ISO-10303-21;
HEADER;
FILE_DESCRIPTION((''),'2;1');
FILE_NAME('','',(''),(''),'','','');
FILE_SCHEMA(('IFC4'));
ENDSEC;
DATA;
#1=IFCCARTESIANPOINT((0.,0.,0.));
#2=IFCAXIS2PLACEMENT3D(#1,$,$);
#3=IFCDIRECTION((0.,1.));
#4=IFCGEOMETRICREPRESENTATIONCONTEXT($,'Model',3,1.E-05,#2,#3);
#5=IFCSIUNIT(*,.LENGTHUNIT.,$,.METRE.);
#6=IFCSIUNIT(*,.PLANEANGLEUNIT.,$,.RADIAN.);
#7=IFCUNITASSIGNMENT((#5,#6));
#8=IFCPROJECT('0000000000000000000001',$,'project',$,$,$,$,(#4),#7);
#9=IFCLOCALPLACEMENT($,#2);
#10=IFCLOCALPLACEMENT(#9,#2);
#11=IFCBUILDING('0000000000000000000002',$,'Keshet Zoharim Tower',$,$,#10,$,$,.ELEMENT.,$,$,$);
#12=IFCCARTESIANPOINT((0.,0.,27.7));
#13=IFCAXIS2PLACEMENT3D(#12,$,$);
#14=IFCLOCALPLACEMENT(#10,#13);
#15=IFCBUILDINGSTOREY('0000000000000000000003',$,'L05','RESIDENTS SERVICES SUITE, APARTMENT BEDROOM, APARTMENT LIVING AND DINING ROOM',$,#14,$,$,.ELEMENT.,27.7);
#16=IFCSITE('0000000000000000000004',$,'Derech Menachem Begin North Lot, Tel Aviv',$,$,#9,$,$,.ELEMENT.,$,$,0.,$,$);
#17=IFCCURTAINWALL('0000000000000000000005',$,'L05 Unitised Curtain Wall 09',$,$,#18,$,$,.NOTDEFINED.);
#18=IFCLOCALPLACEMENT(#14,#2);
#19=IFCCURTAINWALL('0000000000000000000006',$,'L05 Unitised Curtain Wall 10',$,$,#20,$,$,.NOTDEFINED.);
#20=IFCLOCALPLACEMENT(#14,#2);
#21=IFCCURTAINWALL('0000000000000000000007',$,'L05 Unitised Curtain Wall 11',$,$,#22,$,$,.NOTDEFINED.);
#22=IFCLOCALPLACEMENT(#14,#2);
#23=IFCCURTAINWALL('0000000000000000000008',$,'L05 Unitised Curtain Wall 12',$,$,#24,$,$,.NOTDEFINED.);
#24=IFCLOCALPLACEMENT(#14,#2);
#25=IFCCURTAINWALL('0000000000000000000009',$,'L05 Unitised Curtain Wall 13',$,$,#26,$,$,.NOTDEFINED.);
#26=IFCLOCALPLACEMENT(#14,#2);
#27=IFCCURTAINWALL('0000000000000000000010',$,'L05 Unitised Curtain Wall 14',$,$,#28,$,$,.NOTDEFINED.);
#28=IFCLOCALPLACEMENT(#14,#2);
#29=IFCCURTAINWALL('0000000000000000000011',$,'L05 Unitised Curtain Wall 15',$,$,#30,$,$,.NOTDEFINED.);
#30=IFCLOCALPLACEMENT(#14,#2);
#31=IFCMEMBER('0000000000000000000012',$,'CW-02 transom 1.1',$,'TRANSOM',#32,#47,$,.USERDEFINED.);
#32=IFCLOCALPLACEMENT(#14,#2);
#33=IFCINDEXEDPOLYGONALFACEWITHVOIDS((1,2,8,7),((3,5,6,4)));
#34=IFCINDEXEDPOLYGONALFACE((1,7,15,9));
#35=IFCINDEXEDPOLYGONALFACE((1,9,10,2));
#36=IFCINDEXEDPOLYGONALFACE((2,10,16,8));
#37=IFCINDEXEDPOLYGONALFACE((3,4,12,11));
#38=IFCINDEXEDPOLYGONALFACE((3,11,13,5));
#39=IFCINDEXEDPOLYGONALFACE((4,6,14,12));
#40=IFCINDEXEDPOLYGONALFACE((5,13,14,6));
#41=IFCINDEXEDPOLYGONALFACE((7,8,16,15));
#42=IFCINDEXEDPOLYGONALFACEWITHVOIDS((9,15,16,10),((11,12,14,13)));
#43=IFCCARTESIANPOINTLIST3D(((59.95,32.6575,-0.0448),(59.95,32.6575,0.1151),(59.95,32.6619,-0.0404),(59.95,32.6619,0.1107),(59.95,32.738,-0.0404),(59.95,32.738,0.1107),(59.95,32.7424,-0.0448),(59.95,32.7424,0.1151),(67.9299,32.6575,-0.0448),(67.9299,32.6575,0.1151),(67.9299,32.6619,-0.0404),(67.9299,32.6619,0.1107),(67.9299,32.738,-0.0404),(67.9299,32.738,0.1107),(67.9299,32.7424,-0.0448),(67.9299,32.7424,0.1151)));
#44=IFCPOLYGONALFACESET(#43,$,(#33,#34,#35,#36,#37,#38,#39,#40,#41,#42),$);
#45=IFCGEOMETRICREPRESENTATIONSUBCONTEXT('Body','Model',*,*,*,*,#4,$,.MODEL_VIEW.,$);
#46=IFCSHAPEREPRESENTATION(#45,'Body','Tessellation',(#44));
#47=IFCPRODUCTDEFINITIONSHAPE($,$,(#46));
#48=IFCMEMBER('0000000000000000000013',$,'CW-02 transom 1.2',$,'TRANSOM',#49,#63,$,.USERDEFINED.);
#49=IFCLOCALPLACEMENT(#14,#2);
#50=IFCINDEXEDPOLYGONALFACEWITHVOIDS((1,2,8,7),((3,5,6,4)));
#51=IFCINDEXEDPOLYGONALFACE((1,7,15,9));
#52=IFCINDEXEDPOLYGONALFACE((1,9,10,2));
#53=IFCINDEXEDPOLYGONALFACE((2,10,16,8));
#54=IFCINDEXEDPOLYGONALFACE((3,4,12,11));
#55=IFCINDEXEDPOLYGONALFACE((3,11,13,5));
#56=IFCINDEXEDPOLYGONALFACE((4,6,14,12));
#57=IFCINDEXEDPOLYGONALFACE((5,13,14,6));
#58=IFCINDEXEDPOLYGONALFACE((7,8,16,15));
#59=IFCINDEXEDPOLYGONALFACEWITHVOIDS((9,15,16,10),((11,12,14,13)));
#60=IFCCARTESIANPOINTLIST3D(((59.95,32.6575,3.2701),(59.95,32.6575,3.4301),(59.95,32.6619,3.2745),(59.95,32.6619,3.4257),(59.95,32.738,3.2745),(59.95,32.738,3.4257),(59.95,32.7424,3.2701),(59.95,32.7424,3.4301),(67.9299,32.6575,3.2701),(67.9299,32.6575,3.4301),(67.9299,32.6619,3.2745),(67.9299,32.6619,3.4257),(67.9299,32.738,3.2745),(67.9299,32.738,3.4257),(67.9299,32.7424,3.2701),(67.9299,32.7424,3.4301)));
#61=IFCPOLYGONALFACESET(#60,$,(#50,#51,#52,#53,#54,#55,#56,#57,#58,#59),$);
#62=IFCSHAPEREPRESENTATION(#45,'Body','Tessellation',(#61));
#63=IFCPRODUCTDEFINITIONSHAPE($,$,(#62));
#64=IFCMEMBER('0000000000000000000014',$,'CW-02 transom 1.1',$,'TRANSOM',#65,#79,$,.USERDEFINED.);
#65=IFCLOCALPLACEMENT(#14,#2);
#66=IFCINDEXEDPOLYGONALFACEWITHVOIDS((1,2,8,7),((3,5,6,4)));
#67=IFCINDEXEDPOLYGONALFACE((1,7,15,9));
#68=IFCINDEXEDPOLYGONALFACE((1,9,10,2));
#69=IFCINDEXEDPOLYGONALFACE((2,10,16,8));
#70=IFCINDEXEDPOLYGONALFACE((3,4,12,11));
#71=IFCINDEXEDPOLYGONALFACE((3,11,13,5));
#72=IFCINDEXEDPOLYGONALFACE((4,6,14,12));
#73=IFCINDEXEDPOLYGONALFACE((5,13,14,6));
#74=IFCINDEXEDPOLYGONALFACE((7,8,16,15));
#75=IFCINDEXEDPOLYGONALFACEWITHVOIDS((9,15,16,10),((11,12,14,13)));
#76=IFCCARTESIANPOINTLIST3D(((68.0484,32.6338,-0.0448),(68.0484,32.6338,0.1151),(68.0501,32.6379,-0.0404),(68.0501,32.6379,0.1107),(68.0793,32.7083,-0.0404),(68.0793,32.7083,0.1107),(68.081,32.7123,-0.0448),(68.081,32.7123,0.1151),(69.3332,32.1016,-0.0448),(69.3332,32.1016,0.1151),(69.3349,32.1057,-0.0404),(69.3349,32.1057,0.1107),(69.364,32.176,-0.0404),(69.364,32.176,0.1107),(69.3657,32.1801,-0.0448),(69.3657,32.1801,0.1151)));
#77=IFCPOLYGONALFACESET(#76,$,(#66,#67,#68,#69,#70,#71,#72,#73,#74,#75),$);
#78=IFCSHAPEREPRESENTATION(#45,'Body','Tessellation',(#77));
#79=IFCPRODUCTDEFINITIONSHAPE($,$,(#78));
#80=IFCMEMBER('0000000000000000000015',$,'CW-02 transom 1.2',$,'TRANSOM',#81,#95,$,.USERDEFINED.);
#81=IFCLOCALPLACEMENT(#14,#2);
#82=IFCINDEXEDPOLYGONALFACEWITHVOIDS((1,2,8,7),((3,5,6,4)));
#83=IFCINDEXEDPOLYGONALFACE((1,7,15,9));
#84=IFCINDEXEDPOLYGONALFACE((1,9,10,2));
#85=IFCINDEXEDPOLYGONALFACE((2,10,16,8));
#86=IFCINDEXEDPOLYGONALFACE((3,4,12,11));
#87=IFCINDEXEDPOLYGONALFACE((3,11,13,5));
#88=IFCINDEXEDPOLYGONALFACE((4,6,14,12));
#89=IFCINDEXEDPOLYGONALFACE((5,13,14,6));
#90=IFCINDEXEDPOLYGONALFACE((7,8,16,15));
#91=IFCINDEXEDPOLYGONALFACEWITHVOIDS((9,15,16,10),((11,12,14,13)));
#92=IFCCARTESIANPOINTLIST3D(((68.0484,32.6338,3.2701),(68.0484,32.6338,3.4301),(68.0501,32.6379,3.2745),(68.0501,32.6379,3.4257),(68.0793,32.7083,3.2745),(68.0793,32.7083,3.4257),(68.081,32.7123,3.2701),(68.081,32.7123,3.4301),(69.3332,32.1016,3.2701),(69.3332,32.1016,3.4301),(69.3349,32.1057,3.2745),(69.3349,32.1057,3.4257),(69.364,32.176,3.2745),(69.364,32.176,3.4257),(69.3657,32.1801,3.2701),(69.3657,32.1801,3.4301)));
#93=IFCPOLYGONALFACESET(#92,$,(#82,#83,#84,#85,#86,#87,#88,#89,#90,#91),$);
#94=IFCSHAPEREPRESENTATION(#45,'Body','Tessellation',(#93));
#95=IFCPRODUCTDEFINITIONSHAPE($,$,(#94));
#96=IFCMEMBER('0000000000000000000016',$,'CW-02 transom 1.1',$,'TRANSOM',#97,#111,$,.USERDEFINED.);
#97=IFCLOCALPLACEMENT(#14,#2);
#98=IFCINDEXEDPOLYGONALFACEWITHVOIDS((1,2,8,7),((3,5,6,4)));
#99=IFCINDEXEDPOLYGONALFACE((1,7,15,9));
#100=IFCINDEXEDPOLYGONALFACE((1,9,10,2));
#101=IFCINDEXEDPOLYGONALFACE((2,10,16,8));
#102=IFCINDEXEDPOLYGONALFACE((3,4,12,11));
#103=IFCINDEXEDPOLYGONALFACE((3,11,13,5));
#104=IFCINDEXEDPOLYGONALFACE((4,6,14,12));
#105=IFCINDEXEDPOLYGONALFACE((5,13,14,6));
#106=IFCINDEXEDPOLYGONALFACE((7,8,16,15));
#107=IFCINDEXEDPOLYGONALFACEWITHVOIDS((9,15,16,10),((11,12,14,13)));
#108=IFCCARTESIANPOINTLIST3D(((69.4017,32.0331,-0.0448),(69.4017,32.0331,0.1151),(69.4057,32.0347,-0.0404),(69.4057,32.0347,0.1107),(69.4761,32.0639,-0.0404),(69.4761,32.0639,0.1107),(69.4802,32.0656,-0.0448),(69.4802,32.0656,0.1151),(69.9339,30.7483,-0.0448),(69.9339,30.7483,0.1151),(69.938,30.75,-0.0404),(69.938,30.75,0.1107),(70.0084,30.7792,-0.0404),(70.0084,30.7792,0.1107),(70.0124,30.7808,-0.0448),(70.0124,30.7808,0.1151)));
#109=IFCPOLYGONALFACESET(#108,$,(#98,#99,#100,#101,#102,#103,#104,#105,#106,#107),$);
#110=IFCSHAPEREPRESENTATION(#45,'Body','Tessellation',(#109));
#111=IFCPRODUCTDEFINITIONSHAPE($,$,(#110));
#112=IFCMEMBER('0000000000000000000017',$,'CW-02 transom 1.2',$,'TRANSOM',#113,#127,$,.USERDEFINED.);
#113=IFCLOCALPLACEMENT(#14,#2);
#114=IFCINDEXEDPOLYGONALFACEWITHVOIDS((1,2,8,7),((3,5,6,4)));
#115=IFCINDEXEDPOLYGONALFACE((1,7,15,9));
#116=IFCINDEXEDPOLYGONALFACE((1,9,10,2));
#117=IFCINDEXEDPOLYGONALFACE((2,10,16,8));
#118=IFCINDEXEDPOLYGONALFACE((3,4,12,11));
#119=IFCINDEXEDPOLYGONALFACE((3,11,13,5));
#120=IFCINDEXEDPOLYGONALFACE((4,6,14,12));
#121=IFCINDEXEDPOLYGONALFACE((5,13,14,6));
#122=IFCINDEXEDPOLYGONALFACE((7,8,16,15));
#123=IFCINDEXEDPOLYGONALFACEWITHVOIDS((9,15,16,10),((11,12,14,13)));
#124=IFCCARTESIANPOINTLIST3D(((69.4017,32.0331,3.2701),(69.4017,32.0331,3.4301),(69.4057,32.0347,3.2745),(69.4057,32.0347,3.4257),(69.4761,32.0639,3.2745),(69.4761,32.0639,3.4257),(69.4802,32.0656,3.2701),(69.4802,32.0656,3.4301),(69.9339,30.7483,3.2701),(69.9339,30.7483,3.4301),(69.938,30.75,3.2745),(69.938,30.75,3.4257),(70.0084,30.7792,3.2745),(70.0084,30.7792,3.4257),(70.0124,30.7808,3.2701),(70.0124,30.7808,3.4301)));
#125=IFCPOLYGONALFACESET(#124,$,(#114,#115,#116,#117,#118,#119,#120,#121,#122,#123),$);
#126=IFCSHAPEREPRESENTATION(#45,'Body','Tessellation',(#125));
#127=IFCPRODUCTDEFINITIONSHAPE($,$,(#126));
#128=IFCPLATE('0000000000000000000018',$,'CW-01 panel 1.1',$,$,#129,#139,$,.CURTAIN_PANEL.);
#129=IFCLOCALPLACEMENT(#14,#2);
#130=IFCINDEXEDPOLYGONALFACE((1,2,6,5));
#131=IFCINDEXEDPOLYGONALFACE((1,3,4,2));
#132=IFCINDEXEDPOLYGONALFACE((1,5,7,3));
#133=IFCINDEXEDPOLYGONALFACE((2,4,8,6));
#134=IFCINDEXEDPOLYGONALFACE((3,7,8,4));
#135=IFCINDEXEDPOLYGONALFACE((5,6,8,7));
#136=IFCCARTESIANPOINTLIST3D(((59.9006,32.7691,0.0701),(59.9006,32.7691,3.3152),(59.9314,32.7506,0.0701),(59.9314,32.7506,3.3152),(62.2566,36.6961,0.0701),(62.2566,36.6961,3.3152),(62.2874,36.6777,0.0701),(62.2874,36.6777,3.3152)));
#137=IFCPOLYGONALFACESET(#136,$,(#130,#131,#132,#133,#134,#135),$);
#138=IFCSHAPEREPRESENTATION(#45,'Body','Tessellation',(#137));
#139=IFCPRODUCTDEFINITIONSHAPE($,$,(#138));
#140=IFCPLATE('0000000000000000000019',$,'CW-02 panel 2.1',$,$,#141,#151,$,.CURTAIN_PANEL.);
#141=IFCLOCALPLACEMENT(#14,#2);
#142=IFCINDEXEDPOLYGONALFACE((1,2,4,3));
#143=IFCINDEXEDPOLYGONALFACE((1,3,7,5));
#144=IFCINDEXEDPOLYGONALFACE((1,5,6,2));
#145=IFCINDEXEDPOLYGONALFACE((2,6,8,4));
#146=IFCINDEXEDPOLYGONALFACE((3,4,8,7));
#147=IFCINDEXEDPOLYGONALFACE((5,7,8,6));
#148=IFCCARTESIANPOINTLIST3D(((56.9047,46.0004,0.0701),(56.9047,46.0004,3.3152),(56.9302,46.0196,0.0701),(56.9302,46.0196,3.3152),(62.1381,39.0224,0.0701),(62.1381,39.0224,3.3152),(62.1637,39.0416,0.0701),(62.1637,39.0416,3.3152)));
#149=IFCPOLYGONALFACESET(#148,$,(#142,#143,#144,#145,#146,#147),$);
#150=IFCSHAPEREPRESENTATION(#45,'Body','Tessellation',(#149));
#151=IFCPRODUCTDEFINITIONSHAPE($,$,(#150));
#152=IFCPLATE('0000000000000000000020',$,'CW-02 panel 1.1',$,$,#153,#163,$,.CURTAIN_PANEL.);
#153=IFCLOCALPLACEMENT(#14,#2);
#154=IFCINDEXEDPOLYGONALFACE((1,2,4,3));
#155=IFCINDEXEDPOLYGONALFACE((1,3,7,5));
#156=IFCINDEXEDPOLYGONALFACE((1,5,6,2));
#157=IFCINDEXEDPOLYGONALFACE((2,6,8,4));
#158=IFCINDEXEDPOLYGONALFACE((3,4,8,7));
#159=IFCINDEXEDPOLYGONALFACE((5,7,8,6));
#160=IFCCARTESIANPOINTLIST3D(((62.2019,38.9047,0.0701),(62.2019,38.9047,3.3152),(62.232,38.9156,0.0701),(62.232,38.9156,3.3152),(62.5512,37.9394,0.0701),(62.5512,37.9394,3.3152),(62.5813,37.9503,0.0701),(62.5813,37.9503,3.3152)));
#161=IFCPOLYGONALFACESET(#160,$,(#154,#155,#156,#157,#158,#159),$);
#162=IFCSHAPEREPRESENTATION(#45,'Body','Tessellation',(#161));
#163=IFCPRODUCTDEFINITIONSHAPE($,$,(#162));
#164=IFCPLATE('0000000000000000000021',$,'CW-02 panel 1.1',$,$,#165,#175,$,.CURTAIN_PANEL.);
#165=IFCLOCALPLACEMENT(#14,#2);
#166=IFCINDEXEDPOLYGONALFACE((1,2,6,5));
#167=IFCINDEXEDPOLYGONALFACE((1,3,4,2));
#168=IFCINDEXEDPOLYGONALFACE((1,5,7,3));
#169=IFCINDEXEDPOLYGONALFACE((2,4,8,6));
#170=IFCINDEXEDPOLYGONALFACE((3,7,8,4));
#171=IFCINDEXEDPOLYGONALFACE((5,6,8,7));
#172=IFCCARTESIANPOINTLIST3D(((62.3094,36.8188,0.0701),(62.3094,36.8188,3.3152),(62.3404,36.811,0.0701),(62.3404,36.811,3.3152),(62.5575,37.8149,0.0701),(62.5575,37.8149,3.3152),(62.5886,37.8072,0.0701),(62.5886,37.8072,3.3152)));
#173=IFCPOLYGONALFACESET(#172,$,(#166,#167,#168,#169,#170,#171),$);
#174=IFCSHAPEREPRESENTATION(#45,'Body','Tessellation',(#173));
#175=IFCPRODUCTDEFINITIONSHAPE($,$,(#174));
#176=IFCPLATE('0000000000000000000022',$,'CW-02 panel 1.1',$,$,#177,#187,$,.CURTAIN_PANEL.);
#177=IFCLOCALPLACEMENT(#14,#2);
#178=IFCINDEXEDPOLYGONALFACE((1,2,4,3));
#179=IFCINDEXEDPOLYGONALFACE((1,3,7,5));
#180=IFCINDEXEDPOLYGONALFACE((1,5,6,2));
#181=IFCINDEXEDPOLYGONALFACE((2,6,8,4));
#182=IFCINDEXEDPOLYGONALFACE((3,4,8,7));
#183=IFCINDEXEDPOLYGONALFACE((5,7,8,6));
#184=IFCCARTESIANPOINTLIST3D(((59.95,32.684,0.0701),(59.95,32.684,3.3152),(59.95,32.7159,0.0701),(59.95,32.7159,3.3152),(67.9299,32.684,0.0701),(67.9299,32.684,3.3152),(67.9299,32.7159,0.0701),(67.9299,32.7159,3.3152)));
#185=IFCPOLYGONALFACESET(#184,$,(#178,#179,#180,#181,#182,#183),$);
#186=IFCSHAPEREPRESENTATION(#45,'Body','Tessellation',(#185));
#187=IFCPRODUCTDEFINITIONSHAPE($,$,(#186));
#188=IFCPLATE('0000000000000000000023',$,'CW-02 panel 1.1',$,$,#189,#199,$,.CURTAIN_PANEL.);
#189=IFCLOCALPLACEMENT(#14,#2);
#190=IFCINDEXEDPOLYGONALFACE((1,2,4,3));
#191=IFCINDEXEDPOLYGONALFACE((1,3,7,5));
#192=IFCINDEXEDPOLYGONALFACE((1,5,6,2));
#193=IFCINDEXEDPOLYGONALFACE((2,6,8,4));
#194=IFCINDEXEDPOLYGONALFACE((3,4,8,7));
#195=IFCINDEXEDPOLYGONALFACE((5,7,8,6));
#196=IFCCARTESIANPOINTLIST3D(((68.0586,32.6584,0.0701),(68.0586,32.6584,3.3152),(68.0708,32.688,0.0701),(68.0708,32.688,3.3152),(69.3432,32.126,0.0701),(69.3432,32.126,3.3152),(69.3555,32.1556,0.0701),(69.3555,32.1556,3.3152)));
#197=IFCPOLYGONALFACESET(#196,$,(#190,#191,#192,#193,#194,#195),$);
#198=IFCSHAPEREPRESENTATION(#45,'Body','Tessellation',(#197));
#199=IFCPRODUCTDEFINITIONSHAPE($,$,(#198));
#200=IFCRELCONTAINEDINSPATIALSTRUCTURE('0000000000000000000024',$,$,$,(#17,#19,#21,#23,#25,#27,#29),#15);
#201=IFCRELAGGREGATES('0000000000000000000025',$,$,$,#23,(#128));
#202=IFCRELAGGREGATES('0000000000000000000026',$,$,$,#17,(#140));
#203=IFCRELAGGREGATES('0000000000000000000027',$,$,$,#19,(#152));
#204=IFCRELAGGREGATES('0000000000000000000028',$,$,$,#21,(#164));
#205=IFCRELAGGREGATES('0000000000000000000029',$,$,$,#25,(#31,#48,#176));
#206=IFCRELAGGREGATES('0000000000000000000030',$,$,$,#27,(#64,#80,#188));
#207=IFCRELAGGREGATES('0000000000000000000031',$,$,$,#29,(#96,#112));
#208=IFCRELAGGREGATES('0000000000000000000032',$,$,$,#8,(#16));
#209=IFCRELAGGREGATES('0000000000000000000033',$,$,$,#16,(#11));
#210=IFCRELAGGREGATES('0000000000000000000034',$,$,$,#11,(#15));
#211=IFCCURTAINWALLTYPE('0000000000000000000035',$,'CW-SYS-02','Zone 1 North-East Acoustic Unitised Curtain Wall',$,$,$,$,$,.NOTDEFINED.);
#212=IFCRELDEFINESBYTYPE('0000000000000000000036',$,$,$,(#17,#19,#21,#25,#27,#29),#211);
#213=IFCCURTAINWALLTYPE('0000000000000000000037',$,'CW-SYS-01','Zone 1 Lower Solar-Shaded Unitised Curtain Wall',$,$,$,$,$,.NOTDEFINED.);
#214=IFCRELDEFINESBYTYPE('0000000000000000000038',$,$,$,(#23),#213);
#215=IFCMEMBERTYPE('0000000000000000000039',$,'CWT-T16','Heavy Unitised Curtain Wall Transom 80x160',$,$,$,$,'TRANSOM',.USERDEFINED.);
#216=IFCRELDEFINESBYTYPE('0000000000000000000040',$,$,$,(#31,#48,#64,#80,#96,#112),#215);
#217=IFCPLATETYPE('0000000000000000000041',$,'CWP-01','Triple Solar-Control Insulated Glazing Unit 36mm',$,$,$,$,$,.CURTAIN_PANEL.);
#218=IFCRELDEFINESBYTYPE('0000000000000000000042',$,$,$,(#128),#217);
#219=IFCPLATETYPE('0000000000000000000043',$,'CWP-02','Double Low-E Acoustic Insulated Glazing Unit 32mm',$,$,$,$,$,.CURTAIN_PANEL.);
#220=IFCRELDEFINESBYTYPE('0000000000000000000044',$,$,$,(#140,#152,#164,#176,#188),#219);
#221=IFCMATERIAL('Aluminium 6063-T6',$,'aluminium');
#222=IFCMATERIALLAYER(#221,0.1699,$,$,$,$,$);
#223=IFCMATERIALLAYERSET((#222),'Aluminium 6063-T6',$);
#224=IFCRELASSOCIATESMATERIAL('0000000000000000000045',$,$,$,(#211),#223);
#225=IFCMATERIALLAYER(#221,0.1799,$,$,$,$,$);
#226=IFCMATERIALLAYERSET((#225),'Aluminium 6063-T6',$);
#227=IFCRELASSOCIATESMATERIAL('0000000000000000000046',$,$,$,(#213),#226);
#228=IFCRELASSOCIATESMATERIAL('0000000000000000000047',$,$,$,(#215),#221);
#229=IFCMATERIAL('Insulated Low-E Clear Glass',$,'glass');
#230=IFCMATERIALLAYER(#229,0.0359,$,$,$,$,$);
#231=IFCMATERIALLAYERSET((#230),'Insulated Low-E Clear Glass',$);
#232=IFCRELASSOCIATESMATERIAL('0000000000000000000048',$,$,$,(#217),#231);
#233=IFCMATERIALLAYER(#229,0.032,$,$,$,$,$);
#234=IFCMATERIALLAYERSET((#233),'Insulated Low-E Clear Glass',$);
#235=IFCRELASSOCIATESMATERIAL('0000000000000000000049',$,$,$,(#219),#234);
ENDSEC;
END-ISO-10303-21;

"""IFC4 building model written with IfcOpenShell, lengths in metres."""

from ifc_helpers import new_model, si_unit, direction, frame, origin, origin_2d, place, context, subcontext, project, spatial, rectangle, hollow_rectangle, extrude, material, layer, layer_set, material_profile, profile_set, type_object, element, aggregate, save


model = new_model("IFC4")

# Units and contexts
model_context = context("Model", 3, precision=1e-05, world=origin(), true_north=direction((0.0, 1.0)))
body_context = subcontext(model_context, "Body", "Model", "MODEL_VIEW")
ifc_project = project(units=[si_unit("LENGTHUNIT", "METRE"), si_unit("PLANEANGLEUNIT", "RADIAN")], contexts=[model_context])

# Site, building, storey
site_placement = place(None, origin())
site = spatial("IfcSite", under=ifc_project, at=site_placement, Name="Derech Menachem Begin North Lot, Tel Aviv", CompositionType="ELEMENT", RefElevation=0.0)
building_placement = place(site_placement, origin())
building = spatial("IfcBuilding", under=site, at=building_placement, Name="Keshet Zoharim Tower", CompositionType="ELEMENT")
storey_placement = place(building_placement, frame((0.0, 0.0, 27.7)))
storey = spatial("IfcBuildingStorey", under=building, at=storey_placement, Name="L05", Description="RESIDENTS SERVICES SUITE, APARTMENT BEDROOM, APARTMENT LIVING AND DINING ROOM", CompositionType="ELEMENT", Elevation=27.7)

# Curtain wall
ifc_material_1 = material(Name="Aluminium 6063-T6", Category="aluminium")
ifc_layer_1 = layer(ifc_material_1, 0.1699)
ifc_layer_set_1 = layer_set([ifc_layer_1], Name="Aluminium 6063-T6")
curtain_wall_type_1 = type_object("IfcCurtainWallType", Name="CW-SYS-02", Description="Zone 1 North-East Acoustic Unitised Curtain Wall", PredefinedType="NOTDEFINED", material=ifc_layer_set_1)
curtain_wall_1_placement = place(storey_placement, origin())
curtain_wall_1 = element("IfcCurtainWall", 1, at=curtain_wall_1_placement, inside=storey, type_object=curtain_wall_type_1, Name="L05 Unitised Curtain Wall 09", PredefinedType="NOTDEFINED")

# Curtain walls
curtain_wall_2_placement = place(storey_placement, origin())
curtain_wall_2 = element("IfcCurtainWall", 2, at=curtain_wall_2_placement, inside=storey, type_object=curtain_wall_type_1, Name="L05 Unitised Curtain Wall 10", PredefinedType="NOTDEFINED")
curtain_wall_3_placement = place(storey_placement, origin())
curtain_wall_3 = element("IfcCurtainWall", 3, at=curtain_wall_3_placement, inside=storey, type_object=curtain_wall_type_1, Name="L05 Unitised Curtain Wall 11", PredefinedType="NOTDEFINED")
ifc_layer_2 = layer(ifc_material_1, 0.1799)
ifc_layer_set_2 = layer_set([ifc_layer_2], Name="Aluminium 6063-T6")
curtain_wall_type_2 = type_object("IfcCurtainWallType", Name="CW-SYS-01", Description="Zone 1 Lower Solar-Shaded Unitised Curtain Wall", PredefinedType="NOTDEFINED", material=ifc_layer_set_2)
curtain_wall_4_placement = place(storey_placement, origin())
curtain_wall_4 = element("IfcCurtainWall", 4, at=curtain_wall_4_placement, inside=storey, type_object=curtain_wall_type_2, Name="L05 Unitised Curtain Wall 12", PredefinedType="NOTDEFINED")
curtain_wall_5_placement = place(storey_placement, origin())
curtain_wall_5 = element("IfcCurtainWall", 5, at=curtain_wall_5_placement, inside=storey, type_object=curtain_wall_type_1, Name="L05 Unitised Curtain Wall 13", PredefinedType="NOTDEFINED")
curtain_wall_6_placement = place(storey_placement, origin())
curtain_wall_6 = element("IfcCurtainWall", 6, at=curtain_wall_6_placement, inside=storey, type_object=curtain_wall_type_1, Name="L05 Unitised Curtain Wall 14", PredefinedType="NOTDEFINED")

# Curtain wall
curtain_wall_7_placement = place(storey_placement, origin())
curtain_wall_7 = element("IfcCurtainWall", 7, at=curtain_wall_7_placement, inside=storey, type_object=curtain_wall_type_1, Name="L05 Unitised Curtain Wall 15", PredefinedType="NOTDEFINED")

# Members
ifc_material_profile_1 = material_profile(ifc_material_1, hollow_rectangle(XDim=0.085, YDim=0.1599, WallThickness=0.0044, at=origin_2d()), Name="TRN-85x160")
ifc_profile_set_1 = profile_set([ifc_material_profile_1], Name="Aluminium 6063-T6")
member_type_1 = type_object("IfcMemberType", Name="CWT-T16", Description="Heavy Unitised Curtain Wall Transom 80x160", ElementType="TRANSOM", PredefinedType="USERDEFINED", material=ifc_profile_set_1)
member_1_placement = place(storey_placement, frame((59.95, 32.7, 0.0352), z_axis=(1.0, 0.0, 0.0), x_axis=(0.0, 1.0, 0.0)))
member_1 = element("IfcMember", 8, at=member_1_placement, type_object=member_type_1, Name="CW-02 transom 1.1", ObjectType="TRANSOM", PredefinedType="USERDEFINED", context=body_context, shape_type="SweptSolid", body=[
    extrude(hollow_rectangle(XDim=0.085, YDim=0.1599, WallThickness=0.0044, at=origin_2d()), origin(), (0.0, 0.0, 1.0), 7.98),
])
member_2_placement = place(storey_placement, frame((59.95, 32.7, 3.3501), z_axis=(1.0, 0.0, 0.0), x_axis=(0.0, 1.0, 0.0)))
member_2 = element("IfcMember", 9, at=member_2_placement, type_object=member_type_1, Name="CW-02 transom 1.2", ObjectType="TRANSOM", PredefinedType="USERDEFINED", context=body_context, shape_type="SweptSolid", body=[
    extrude(hollow_rectangle(XDim=0.085, YDim=0.1599, WallThickness=0.0044, at=origin_2d()), origin(), (0.0, 0.0, 1.0), 7.98),
])
member_3_placement = place(storey_placement, frame((68.0647, 32.6731, 0.0352), z_axis=(0.923854, -0.382745, 0.0), x_axis=(0.382745, 0.923854, 0.0)))
member_3 = element("IfcMember", 10, at=member_3_placement, type_object=member_type_1, Name="CW-02 transom 1.1", ObjectType="TRANSOM", PredefinedType="USERDEFINED", context=body_context, shape_type="SweptSolid", body=[
    extrude(hollow_rectangle(XDim=0.085, YDim=0.1599, WallThickness=0.0044, at=origin_2d()), origin(), (0.0, 0.0, 1.0), 1.3906),
])
member_4_placement = place(storey_placement, frame((68.0647, 32.6731, 3.3501), z_axis=(0.923854, -0.382745, 0.0), x_axis=(0.382745, 0.923854, 0.0)))
member_4 = element("IfcMember", 11, at=member_4_placement, type_object=member_type_1, Name="CW-02 transom 1.2", ObjectType="TRANSOM", PredefinedType="USERDEFINED", context=body_context, shape_type="SweptSolid", body=[
    extrude(hollow_rectangle(XDim=0.085, YDim=0.1599, WallThickness=0.0044, at=origin_2d()), origin(), (0.0, 0.0, 1.0), 1.3906),
])
member_5_placement = place(storey_placement, frame((69.4409, 32.0493, 0.0352), z_axis=(0.382745, -0.923854, 0.0), x_axis=(0.923854, 0.382745, 0.0)))
member_5 = element("IfcMember", 12, at=member_5_placement, type_object=member_type_1, Name="CW-02 transom 1.1", ObjectType="TRANSOM", PredefinedType="USERDEFINED", context=body_context, shape_type="SweptSolid", body=[
    extrude(hollow_rectangle(XDim=0.085, YDim=0.1599, WallThickness=0.0044, at=origin_2d()), origin(), (0.0, 0.0, 1.0), 1.3906),
])
member_6_placement = place(storey_placement, frame((69.4409, 32.0493, 3.3501), z_axis=(0.382745, -0.923854, 0.0), x_axis=(0.923854, 0.382745, 0.0)))
member_6 = element("IfcMember", 13, at=member_6_placement, type_object=member_type_1, Name="CW-02 transom 1.2", ObjectType="TRANSOM", PredefinedType="USERDEFINED", context=body_context, shape_type="SweptSolid", body=[
    extrude(hollow_rectangle(XDim=0.085, YDim=0.1599, WallThickness=0.0044, at=origin_2d()), origin(), (0.0, 0.0, 1.0), 1.3906),
])

# Plates
ifc_material_2 = material(Name="Insulated Low-E Clear Glass", Category="glass")
ifc_layer_3 = layer(ifc_material_2, 0.0359)
ifc_layer_set_3 = layer_set([ifc_layer_3], Name="Insulated Low-E Clear Glass")
plate_type_1 = type_object("IfcPlateType", Name="CWP-01", Description="Triple Solar-Control Insulated Glazing Unit 36mm", PredefinedType="CURTAIN_PANEL", material=ifc_layer_set_3)
plate_1_placement = place(storey_placement, frame((61.094, 34.7234, 0.0701), z_axis=(0.0, 0.0, 1.0), x_axis=(-0.514465, -0.857512, 0.0)))
plate_1 = element("IfcPlate", 14, at=plate_1_placement, type_object=plate_type_1, Name="CW-01 panel 1.1", PredefinedType="CURTAIN_PANEL", context=body_context, shape_type="SweptSolid", body=[
    extrude(rectangle(XDim=4.5796, YDim=0.0359, at=origin_2d()), origin(), (0.0, 0.0, 1.0), 3.2451),
])
aggregate(curtain_wall_4, [plate_1])
ifc_layer_4 = layer(ifc_material_2, 0.032)
ifc_layer_set_4 = layer_set([ifc_layer_4], Name="Insulated Low-E Clear Glass")
plate_type_2 = type_object("IfcPlateType", Name="CWP-02", Description="Double Low-E Acoustic Insulated Glazing Unit 32mm", PredefinedType="CURTAIN_PANEL", material=ifc_layer_set_4)
plate_2_placement = place(storey_placement, frame((59.5342, 42.521, 0.0701), z_axis=(0.0, 0.0, 1.0), x_axis=(0.6, -0.8, 0.0)))
plate_2 = element("IfcPlate", 15, at=plate_2_placement, type_object=plate_type_2, Name="CW-02 panel 2.1", PredefinedType="CURTAIN_PANEL", context=body_context, shape_type="SweptSolid", body=[
    extrude(rectangle(XDim=8.7224, YDim=0.032, at=origin_2d()), origin(), (0.0, 0.0, 1.0), 3.2451),
])
aggregate(curtain_wall_1, [plate_2])
plate_3_placement = place(storey_placement, frame((62.3916, 38.4275, 0.0701), z_axis=(0.0, 0.0, 1.0), x_axis=(0.340297, -0.940318, 0.0)))
plate_3 = element("IfcPlate", 16, at=plate_3_placement, type_object=plate_type_2, Name="CW-02 panel 1.1", PredefinedType="CURTAIN_PANEL", context=body_context, shape_type="SweptSolid", body=[
    extrude(rectangle(XDim=1.0266, YDim=0.032, at=origin_2d()), origin(), (0.0, 0.0, 1.0), 3.2451),
])
aggregate(curtain_wall_2, [plate_3])
plate_4_placement = place(storey_placement, frame((62.449, 37.313, 0.0701), z_axis=(0.0, 0.0, 1.0), x_axis=(-0.241729, -0.970344, 0.0)))
plate_4 = element("IfcPlate", 17, at=plate_4_placement, type_object=plate_type_2, Name="CW-02 panel 1.1", PredefinedType="CURTAIN_PANEL", context=body_context, shape_type="SweptSolid", body=[
    extrude(rectangle(XDim=1.0266, YDim=0.032, at=origin_2d()), origin(), (0.0, 0.0, 1.0), 3.2451),
])
aggregate(curtain_wall_3, [plate_4])
plate_5_placement = place(storey_placement, frame((63.9399, 32.7, 0.0701), z_axis=(0.0, 0.0, 1.0), x_axis=(1.0, 0.0, 0.0)))
plate_5 = element("IfcPlate", 18, at=plate_5_placement, type_object=plate_type_2, Name="CW-02 panel 1.1", PredefinedType="CURTAIN_PANEL", context=body_context, shape_type="SweptSolid", body=[
    extrude(rectangle(XDim=7.98, YDim=0.032, at=origin_2d()), origin(), (0.0, 0.0, 1.0), 3.2451),
])
aggregate(curtain_wall_5, [member_1, member_2, plate_5])
plate_6_placement = place(storey_placement, frame((68.707, 32.407, 0.0701), z_axis=(0.0, 0.0, 1.0), x_axis=(0.92381, -0.382852, 0.0)))
plate_6 = element("IfcPlate", 19, at=plate_6_placement, type_object=plate_type_2, Name="CW-02 panel 1.1", PredefinedType="CURTAIN_PANEL", context=body_context, shape_type="SweptSolid", body=[
    extrude(rectangle(XDim=1.3906, YDim=0.032, at=origin_2d()), origin(), (0.0, 0.0, 1.0), 3.2451),
])
aggregate(curtain_wall_6, [member_3, member_4, plate_6])
aggregate(curtain_wall_7, [member_5, member_6])

save(model, "model.ifc")
